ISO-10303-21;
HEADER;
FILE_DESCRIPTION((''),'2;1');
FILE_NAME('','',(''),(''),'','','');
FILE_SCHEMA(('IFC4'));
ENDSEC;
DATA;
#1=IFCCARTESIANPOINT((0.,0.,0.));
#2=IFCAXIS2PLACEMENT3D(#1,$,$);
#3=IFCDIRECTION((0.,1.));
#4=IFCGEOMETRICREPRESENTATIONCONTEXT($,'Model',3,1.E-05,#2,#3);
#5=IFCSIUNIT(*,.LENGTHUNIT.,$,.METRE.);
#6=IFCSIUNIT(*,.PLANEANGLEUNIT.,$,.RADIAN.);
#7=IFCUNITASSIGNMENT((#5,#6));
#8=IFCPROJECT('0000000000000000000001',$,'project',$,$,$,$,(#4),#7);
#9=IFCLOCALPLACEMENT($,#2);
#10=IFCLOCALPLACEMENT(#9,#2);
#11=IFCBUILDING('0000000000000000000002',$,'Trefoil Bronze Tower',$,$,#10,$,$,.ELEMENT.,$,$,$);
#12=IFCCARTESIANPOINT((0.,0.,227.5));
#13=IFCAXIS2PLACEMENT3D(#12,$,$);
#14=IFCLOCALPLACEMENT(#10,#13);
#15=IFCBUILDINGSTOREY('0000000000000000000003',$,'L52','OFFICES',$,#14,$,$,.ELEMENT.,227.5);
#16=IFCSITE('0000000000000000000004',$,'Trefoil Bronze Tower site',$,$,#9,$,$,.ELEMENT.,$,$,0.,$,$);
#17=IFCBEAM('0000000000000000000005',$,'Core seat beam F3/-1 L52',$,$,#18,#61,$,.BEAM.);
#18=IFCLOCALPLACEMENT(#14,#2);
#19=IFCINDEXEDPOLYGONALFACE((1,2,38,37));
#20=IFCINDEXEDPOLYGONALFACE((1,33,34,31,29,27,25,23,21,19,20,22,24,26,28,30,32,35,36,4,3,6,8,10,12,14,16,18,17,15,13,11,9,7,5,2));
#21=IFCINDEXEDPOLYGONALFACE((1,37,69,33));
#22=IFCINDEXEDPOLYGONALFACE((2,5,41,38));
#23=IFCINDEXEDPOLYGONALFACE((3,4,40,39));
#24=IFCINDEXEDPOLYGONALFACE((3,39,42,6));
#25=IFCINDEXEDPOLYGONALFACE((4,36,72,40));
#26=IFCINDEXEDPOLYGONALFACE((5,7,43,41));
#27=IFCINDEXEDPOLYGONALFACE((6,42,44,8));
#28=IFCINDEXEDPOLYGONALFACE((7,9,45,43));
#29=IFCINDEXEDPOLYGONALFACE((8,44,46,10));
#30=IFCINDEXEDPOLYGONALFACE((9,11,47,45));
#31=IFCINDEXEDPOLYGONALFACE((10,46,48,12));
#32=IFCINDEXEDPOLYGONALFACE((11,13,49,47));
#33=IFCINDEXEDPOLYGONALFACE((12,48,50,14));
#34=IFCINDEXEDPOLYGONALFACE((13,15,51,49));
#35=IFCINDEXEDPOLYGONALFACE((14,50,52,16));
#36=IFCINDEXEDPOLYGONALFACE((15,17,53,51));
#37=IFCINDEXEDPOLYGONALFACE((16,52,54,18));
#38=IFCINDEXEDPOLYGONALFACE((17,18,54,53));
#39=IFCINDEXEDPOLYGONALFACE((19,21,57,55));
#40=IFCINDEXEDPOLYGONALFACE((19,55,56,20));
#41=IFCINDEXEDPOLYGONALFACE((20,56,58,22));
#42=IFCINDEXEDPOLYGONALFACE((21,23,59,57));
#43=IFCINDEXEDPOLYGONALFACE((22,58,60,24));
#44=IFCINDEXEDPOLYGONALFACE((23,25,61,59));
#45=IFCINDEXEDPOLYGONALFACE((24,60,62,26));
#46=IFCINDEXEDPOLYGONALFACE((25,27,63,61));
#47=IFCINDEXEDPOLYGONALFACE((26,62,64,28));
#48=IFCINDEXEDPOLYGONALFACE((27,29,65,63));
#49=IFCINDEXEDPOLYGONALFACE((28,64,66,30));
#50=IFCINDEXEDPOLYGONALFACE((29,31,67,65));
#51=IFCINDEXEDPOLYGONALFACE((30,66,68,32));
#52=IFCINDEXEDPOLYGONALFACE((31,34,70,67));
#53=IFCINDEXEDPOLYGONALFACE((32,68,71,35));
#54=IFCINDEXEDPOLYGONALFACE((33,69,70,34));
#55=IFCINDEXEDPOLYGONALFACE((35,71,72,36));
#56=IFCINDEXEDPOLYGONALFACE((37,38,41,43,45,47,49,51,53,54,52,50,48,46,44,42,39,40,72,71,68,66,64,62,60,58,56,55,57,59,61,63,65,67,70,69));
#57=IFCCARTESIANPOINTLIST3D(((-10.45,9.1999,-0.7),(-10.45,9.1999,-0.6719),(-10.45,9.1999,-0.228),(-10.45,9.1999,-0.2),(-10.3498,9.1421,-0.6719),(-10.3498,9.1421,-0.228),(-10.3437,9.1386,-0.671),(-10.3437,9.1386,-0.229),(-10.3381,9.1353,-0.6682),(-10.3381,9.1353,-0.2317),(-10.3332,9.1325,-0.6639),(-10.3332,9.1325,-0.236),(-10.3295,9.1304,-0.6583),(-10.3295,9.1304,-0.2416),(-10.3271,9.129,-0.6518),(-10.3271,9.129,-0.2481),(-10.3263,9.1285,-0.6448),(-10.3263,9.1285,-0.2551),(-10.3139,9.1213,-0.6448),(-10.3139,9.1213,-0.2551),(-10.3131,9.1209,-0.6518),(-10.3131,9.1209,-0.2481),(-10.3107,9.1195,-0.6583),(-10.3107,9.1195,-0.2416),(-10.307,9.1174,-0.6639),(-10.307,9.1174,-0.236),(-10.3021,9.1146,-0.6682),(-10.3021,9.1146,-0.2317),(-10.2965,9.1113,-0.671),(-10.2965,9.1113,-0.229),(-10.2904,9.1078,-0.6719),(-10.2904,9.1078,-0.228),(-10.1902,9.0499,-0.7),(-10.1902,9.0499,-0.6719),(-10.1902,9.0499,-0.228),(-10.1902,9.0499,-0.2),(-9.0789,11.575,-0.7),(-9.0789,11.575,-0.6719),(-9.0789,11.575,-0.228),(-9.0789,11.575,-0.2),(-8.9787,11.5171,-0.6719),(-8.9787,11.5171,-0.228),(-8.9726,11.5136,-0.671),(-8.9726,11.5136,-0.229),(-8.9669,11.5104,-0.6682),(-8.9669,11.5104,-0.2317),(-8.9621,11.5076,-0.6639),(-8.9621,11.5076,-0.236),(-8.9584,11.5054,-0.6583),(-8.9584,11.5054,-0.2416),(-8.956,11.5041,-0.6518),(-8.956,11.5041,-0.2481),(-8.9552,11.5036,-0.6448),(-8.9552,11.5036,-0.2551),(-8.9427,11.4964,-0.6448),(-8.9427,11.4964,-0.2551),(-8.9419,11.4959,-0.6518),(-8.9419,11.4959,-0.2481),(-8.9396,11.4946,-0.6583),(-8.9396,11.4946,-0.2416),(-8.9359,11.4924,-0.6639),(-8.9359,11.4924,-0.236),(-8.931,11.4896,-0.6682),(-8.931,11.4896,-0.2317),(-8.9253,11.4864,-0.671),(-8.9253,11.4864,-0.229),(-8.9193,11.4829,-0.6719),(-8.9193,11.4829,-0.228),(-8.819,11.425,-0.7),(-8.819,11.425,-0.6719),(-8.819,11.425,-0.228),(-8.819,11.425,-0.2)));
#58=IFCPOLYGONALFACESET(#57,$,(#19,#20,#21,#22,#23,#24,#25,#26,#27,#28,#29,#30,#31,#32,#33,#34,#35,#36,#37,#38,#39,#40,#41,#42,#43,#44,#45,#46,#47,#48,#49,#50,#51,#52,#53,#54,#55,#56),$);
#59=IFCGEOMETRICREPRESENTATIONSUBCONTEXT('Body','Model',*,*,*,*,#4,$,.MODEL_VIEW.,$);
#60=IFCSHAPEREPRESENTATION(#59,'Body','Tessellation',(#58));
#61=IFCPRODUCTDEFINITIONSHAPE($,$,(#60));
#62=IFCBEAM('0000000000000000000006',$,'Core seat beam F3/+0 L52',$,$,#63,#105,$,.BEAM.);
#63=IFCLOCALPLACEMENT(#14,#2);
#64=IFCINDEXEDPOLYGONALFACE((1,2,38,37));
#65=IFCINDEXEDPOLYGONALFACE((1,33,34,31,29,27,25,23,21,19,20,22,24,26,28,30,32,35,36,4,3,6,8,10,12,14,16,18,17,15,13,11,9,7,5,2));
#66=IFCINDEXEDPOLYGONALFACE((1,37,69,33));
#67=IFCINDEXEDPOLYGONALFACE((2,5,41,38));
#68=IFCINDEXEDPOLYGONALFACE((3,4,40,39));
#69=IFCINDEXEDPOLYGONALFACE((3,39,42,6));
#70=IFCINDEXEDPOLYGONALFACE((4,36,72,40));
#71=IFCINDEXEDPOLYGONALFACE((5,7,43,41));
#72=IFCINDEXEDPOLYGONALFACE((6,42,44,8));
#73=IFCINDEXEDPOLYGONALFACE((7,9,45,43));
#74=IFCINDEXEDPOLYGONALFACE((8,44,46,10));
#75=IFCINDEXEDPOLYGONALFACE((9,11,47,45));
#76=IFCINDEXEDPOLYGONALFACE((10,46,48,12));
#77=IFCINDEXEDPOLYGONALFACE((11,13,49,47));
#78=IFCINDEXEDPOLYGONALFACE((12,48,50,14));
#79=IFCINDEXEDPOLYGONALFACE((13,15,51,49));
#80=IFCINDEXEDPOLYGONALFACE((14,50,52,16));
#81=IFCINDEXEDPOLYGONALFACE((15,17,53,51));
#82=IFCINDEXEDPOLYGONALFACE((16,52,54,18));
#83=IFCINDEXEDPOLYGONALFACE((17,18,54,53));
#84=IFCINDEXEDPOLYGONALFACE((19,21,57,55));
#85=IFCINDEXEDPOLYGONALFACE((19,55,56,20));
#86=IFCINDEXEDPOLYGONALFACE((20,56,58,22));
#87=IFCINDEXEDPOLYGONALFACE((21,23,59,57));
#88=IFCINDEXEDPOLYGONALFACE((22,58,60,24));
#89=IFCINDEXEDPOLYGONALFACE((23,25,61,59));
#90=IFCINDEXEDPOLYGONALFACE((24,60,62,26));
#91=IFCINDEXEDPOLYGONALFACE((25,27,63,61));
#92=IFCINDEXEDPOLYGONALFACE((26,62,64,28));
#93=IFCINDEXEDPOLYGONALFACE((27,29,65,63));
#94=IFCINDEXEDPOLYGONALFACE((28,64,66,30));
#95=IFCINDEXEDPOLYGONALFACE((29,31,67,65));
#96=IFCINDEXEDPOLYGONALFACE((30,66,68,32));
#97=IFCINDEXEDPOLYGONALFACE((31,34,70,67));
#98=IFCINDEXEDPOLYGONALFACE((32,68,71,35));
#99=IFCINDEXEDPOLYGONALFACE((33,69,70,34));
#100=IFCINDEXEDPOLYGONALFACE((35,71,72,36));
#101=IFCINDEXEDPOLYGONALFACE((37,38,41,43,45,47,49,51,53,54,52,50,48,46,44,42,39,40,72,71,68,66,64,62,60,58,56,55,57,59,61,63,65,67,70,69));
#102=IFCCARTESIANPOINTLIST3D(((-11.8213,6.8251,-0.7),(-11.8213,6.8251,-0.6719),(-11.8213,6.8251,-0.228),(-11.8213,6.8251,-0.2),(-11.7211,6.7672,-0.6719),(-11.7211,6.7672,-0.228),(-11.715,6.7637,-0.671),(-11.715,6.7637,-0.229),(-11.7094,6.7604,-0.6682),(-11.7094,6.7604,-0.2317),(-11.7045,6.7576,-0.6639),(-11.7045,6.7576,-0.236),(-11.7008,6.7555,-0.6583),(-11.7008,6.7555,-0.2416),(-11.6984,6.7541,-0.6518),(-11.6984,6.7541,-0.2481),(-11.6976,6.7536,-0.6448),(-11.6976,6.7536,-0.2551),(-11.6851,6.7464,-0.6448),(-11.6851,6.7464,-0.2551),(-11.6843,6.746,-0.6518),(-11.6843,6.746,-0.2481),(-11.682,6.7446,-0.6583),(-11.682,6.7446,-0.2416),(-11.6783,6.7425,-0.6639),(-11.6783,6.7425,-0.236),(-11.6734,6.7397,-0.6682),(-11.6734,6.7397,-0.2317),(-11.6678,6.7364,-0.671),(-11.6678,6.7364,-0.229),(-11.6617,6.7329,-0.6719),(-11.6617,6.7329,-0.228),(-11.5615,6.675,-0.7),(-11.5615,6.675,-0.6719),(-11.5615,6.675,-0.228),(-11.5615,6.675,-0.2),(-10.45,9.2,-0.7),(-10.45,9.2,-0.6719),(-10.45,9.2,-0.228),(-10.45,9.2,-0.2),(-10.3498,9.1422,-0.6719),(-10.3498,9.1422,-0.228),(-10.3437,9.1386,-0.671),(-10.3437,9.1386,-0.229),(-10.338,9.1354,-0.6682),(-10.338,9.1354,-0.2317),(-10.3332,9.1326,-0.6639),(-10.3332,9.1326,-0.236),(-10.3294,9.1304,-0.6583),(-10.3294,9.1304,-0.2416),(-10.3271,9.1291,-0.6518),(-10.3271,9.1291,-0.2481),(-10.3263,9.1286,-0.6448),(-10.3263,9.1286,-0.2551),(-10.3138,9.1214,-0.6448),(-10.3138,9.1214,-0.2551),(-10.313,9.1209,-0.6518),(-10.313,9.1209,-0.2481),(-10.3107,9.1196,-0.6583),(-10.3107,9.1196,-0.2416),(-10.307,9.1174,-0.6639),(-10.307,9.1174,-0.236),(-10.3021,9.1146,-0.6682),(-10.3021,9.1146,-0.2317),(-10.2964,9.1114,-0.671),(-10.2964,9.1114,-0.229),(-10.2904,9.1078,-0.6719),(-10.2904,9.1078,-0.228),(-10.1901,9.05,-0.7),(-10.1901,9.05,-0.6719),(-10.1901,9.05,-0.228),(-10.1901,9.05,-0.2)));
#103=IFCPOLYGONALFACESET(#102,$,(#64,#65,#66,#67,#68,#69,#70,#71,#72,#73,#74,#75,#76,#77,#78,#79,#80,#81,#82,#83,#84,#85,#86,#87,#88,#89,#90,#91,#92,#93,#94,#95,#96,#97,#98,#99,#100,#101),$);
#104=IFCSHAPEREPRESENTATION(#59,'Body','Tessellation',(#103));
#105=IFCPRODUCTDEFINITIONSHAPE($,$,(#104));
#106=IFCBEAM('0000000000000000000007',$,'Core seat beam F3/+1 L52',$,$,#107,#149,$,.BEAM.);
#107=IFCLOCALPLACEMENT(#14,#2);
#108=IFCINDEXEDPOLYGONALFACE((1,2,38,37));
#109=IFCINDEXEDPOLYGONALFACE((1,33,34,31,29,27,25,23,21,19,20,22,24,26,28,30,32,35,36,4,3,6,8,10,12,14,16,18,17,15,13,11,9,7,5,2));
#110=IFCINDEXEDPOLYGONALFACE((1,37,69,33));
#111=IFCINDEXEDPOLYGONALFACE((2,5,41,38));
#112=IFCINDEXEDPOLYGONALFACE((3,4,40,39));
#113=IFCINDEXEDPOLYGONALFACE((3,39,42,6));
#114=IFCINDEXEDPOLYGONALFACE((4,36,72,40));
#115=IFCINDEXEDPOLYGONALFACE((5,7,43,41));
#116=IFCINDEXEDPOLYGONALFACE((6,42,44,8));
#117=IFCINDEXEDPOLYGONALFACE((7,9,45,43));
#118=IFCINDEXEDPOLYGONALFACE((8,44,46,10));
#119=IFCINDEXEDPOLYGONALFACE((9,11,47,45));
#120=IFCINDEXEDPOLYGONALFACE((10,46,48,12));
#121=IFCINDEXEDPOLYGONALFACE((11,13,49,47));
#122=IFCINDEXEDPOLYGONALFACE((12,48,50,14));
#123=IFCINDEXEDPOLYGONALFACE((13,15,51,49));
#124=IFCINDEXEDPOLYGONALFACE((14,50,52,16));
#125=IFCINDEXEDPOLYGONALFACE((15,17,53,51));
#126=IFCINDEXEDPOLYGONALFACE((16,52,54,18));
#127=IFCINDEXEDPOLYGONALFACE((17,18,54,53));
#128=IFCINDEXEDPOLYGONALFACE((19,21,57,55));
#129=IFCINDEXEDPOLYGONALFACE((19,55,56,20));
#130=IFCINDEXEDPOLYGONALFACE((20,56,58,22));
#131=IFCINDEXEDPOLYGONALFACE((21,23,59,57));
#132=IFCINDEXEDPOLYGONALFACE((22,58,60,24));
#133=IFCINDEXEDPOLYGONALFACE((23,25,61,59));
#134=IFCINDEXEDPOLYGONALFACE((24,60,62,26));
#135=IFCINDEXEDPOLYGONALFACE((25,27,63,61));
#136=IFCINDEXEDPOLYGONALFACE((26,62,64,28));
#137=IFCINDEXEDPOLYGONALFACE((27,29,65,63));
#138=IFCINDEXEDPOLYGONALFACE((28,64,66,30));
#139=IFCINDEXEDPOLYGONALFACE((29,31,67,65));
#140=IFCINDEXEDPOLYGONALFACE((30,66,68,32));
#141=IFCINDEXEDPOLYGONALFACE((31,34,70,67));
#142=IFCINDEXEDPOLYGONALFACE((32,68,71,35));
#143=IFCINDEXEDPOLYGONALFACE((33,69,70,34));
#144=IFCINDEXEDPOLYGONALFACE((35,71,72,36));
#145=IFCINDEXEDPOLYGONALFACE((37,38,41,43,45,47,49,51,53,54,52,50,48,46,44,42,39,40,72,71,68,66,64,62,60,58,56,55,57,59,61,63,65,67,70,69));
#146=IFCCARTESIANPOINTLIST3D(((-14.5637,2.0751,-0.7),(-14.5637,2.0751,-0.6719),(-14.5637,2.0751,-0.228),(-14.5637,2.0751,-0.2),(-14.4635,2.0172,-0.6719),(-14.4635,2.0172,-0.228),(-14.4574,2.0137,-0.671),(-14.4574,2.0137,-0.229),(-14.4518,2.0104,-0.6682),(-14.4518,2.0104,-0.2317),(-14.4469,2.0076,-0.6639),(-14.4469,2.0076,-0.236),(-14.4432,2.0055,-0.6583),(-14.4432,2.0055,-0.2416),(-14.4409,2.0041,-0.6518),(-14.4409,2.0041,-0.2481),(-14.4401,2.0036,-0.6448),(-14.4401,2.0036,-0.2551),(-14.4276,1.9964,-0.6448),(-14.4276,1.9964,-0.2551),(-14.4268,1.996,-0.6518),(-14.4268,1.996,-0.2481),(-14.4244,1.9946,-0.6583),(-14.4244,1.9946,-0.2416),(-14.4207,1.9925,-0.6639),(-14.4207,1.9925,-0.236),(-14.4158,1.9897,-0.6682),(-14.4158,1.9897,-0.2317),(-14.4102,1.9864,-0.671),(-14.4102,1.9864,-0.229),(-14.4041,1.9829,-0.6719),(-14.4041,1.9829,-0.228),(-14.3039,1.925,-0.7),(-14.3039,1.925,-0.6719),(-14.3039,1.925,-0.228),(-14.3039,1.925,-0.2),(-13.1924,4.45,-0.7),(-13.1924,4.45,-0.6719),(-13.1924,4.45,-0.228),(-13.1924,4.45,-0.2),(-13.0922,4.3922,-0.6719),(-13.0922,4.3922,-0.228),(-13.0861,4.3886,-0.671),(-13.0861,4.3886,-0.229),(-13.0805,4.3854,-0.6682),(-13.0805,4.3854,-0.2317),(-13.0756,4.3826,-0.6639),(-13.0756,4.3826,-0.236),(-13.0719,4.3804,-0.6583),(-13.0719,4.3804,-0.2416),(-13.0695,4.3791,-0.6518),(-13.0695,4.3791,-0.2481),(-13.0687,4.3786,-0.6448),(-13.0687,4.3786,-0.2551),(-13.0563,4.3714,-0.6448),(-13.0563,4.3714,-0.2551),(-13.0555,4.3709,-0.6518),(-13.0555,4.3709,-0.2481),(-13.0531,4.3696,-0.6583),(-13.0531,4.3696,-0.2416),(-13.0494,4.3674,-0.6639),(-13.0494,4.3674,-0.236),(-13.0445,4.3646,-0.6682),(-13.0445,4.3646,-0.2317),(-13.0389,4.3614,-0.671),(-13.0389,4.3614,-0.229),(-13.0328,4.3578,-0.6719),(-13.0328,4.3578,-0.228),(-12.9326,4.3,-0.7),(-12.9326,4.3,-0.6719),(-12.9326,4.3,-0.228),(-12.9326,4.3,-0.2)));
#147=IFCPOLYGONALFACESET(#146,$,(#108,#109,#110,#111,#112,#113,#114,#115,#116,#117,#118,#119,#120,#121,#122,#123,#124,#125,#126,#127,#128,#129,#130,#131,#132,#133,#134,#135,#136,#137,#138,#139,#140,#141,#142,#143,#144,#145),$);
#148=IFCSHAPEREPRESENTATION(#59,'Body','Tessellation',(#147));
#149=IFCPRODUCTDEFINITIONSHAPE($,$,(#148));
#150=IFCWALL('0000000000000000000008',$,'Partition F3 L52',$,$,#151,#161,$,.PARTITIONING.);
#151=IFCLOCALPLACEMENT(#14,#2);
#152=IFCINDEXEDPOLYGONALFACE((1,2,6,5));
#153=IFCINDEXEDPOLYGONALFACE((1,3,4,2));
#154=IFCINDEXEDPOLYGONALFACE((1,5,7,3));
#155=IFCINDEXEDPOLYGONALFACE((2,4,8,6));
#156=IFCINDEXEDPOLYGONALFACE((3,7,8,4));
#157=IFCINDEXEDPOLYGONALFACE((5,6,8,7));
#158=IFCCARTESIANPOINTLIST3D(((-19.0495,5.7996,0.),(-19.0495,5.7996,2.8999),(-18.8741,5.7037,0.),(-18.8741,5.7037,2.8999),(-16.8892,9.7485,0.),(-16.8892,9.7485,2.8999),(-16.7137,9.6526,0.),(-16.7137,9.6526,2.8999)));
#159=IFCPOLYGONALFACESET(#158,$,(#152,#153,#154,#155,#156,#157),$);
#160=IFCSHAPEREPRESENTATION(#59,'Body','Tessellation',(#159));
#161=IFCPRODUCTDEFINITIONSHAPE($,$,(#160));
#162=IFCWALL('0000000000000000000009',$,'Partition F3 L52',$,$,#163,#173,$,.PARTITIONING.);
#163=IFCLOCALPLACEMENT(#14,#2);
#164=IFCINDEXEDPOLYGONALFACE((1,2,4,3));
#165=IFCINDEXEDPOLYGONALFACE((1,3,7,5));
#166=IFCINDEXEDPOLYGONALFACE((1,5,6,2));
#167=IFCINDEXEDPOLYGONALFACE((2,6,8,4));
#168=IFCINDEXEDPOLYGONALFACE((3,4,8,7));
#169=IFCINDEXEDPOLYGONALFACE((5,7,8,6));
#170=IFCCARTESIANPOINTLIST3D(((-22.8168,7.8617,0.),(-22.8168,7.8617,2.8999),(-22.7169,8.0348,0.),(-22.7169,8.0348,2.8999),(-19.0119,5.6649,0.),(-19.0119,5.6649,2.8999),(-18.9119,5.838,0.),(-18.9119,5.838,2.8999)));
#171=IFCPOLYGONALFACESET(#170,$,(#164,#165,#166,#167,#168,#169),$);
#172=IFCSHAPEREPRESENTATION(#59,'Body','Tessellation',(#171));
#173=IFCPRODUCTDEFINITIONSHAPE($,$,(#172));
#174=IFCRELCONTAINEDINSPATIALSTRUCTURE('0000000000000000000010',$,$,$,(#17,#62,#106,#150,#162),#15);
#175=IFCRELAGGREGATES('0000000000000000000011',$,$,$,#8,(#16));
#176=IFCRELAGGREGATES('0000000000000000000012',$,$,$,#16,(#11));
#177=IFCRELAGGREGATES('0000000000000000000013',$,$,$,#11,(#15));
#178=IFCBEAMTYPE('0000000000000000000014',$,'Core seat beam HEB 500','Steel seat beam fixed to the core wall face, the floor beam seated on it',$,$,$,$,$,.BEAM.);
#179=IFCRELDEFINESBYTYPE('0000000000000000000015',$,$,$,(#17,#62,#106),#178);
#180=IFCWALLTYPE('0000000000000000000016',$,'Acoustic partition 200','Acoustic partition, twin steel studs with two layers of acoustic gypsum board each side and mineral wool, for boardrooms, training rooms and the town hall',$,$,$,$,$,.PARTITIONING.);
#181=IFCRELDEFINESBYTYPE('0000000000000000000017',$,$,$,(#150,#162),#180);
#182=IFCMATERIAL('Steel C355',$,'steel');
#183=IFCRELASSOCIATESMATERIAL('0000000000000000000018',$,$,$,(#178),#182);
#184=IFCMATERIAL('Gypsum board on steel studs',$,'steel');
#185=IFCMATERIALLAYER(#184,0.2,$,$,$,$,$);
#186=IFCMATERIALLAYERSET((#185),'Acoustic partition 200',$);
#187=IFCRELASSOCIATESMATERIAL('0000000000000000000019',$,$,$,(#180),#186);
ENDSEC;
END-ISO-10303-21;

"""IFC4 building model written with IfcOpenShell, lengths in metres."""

from ifc_helpers import new_model, si_unit, direction, frame, frame_2d, origin, origin_2d, place, context, subcontext, project, spatial, rectangle, i_section, extrude, material, layer, layer_set, material_profile, profile_set, type_object, element, save


model = new_model("IFC4")

# Units and contexts
model_context = context("Model", 3, precision=1e-05, world=origin(), true_north=direction((0.0, 1.0)))
body_context = subcontext(model_context, "Body", "Model", "MODEL_VIEW")
ifc_project = project(units=[si_unit("LENGTHUNIT", "METRE"), si_unit("PLANEANGLEUNIT", "RADIAN")], contexts=[model_context])

# Site, building, storey
site_placement = place(None, origin())
site = spatial("IfcSite", under=ifc_project, at=site_placement, Name="Trefoil Bronze Tower site", CompositionType="ELEMENT", RefElevation=0.0)
building_placement = place(site_placement, origin())
building = spatial("IfcBuilding", under=site, at=building_placement, Name="Trefoil Bronze Tower", CompositionType="ELEMENT")
storey_placement = place(building_placement, frame((0.0, 0.0, 227.5)))
storey = spatial("IfcBuildingStorey", under=building, at=storey_placement, Name="L52", Description="OFFICES", CompositionType="ELEMENT", Elevation=227.5)

# Beams
ifc_material_1 = material(Name="Steel C355", Category="steel")
ifc_material_profile = material_profile(ifc_material_1, i_section(OverallWidth=0.3, OverallDepth=0.5, WebThickness=0.0144, FlangeThickness=0.0281, FilletRadius=0.0271, at=origin_2d()), Name="HEB 500")
ifc_profile_set = profile_set([ifc_material_profile], Name="Steel C355")
beam_type = type_object("IfcBeamType", Name="Core seat beam HEB 500", Description="Steel seat beam fixed to the core wall face, the floor beam seated on it", PredefinedType="BEAM", material=ifc_profile_set)
for number, where, z_axis, x_axis, name in (
    (1, (-8.949, 11.5, -0.45), (-0.499969, -0.866043, 0.0), (0.866043, -0.499969, 0.0), "Core seat beam F3/-1 L52"),
    (2, (-10.3201, 9.125, -0.45), (-0.500036, -0.866005, 0.0), (0.866005, -0.500036, 0.0), "Core seat beam F3/+0 L52"),
    (3, (-13.0625, 4.375, -0.45), (-0.500036, -0.866005, 0.0), (0.866005, -0.500036, 0.0), "Core seat beam F3/+1 L52"),
):
    element("IfcBeam", number, at=place(storey_placement, frame(where, z_axis=z_axis, x_axis=x_axis)), inside=storey, type_object=beam_type, Name=name, PredefinedType="BEAM", context=body_context, shape_type="SweptSolid", body=[
        extrude(i_section(OverallWidth=0.3, OverallDepth=0.5, WebThickness=0.0144, FlangeThickness=0.0281, FilletRadius=0.0271, at=origin_2d()), origin(), (0.0, 0.0, 1.0), 2.7424),
    ])

# Walls
ifc_material_2 = material(Name="Gypsum board on steel studs", Category="steel")
ifc_layer_1 = layer(ifc_material_2, 0.2)
ifc_layer_set_1 = layer_set([ifc_layer_1], Name="Acoustic partition 200")
wall_type_1 = type_object("IfcWallType", Name="Acoustic partition 200", Description="Acoustic partition, twin steel studs with two layers of acoustic gypsum board each side and mineral wool, for boardrooms, training rooms and the town hall", PredefinedType="PARTITIONING", material=ifc_layer_set_1)
wall_1_placement = place(storey_placement, frame((-16.8015, 9.7004, 0.0), z_axis=(0.0, 0.0, 1.0), x_axis=(-0.47995, -0.877296, 0.0)))
element("IfcWall", 4, at=wall_1_placement, inside=storey, type_object=wall_type_1, Name="Partition F3 L52", PredefinedType="PARTITIONING", context=body_context, shape_type="SweptSolid", body=[
    extrude(rectangle(XDim=4.5012, YDim=0.2, at=frame_2d((2.2505, 0.0))), origin(), (0.0, 0.0, 1.0), 2.8999),
])
wall_2_placement = place(storey_placement, frame((-18.9619, 5.7515, 0.0), z_axis=(0.0, 0.0, 1.0), x_axis=(-0.866025, 0.5, 0.0)))
element("IfcWall", 5, at=wall_2_placement, inside=storey, type_object=wall_type_1, Name="Partition F3 L52", PredefinedType="PARTITIONING", context=body_context, shape_type="SweptSolid", body=[
    extrude(rectangle(XDim=4.3936, YDim=0.2, at=frame_2d((2.1968, 0.0))), origin(), (0.0, 0.0, 1.0), 2.8999),
])

save(model, "model.ifc")
